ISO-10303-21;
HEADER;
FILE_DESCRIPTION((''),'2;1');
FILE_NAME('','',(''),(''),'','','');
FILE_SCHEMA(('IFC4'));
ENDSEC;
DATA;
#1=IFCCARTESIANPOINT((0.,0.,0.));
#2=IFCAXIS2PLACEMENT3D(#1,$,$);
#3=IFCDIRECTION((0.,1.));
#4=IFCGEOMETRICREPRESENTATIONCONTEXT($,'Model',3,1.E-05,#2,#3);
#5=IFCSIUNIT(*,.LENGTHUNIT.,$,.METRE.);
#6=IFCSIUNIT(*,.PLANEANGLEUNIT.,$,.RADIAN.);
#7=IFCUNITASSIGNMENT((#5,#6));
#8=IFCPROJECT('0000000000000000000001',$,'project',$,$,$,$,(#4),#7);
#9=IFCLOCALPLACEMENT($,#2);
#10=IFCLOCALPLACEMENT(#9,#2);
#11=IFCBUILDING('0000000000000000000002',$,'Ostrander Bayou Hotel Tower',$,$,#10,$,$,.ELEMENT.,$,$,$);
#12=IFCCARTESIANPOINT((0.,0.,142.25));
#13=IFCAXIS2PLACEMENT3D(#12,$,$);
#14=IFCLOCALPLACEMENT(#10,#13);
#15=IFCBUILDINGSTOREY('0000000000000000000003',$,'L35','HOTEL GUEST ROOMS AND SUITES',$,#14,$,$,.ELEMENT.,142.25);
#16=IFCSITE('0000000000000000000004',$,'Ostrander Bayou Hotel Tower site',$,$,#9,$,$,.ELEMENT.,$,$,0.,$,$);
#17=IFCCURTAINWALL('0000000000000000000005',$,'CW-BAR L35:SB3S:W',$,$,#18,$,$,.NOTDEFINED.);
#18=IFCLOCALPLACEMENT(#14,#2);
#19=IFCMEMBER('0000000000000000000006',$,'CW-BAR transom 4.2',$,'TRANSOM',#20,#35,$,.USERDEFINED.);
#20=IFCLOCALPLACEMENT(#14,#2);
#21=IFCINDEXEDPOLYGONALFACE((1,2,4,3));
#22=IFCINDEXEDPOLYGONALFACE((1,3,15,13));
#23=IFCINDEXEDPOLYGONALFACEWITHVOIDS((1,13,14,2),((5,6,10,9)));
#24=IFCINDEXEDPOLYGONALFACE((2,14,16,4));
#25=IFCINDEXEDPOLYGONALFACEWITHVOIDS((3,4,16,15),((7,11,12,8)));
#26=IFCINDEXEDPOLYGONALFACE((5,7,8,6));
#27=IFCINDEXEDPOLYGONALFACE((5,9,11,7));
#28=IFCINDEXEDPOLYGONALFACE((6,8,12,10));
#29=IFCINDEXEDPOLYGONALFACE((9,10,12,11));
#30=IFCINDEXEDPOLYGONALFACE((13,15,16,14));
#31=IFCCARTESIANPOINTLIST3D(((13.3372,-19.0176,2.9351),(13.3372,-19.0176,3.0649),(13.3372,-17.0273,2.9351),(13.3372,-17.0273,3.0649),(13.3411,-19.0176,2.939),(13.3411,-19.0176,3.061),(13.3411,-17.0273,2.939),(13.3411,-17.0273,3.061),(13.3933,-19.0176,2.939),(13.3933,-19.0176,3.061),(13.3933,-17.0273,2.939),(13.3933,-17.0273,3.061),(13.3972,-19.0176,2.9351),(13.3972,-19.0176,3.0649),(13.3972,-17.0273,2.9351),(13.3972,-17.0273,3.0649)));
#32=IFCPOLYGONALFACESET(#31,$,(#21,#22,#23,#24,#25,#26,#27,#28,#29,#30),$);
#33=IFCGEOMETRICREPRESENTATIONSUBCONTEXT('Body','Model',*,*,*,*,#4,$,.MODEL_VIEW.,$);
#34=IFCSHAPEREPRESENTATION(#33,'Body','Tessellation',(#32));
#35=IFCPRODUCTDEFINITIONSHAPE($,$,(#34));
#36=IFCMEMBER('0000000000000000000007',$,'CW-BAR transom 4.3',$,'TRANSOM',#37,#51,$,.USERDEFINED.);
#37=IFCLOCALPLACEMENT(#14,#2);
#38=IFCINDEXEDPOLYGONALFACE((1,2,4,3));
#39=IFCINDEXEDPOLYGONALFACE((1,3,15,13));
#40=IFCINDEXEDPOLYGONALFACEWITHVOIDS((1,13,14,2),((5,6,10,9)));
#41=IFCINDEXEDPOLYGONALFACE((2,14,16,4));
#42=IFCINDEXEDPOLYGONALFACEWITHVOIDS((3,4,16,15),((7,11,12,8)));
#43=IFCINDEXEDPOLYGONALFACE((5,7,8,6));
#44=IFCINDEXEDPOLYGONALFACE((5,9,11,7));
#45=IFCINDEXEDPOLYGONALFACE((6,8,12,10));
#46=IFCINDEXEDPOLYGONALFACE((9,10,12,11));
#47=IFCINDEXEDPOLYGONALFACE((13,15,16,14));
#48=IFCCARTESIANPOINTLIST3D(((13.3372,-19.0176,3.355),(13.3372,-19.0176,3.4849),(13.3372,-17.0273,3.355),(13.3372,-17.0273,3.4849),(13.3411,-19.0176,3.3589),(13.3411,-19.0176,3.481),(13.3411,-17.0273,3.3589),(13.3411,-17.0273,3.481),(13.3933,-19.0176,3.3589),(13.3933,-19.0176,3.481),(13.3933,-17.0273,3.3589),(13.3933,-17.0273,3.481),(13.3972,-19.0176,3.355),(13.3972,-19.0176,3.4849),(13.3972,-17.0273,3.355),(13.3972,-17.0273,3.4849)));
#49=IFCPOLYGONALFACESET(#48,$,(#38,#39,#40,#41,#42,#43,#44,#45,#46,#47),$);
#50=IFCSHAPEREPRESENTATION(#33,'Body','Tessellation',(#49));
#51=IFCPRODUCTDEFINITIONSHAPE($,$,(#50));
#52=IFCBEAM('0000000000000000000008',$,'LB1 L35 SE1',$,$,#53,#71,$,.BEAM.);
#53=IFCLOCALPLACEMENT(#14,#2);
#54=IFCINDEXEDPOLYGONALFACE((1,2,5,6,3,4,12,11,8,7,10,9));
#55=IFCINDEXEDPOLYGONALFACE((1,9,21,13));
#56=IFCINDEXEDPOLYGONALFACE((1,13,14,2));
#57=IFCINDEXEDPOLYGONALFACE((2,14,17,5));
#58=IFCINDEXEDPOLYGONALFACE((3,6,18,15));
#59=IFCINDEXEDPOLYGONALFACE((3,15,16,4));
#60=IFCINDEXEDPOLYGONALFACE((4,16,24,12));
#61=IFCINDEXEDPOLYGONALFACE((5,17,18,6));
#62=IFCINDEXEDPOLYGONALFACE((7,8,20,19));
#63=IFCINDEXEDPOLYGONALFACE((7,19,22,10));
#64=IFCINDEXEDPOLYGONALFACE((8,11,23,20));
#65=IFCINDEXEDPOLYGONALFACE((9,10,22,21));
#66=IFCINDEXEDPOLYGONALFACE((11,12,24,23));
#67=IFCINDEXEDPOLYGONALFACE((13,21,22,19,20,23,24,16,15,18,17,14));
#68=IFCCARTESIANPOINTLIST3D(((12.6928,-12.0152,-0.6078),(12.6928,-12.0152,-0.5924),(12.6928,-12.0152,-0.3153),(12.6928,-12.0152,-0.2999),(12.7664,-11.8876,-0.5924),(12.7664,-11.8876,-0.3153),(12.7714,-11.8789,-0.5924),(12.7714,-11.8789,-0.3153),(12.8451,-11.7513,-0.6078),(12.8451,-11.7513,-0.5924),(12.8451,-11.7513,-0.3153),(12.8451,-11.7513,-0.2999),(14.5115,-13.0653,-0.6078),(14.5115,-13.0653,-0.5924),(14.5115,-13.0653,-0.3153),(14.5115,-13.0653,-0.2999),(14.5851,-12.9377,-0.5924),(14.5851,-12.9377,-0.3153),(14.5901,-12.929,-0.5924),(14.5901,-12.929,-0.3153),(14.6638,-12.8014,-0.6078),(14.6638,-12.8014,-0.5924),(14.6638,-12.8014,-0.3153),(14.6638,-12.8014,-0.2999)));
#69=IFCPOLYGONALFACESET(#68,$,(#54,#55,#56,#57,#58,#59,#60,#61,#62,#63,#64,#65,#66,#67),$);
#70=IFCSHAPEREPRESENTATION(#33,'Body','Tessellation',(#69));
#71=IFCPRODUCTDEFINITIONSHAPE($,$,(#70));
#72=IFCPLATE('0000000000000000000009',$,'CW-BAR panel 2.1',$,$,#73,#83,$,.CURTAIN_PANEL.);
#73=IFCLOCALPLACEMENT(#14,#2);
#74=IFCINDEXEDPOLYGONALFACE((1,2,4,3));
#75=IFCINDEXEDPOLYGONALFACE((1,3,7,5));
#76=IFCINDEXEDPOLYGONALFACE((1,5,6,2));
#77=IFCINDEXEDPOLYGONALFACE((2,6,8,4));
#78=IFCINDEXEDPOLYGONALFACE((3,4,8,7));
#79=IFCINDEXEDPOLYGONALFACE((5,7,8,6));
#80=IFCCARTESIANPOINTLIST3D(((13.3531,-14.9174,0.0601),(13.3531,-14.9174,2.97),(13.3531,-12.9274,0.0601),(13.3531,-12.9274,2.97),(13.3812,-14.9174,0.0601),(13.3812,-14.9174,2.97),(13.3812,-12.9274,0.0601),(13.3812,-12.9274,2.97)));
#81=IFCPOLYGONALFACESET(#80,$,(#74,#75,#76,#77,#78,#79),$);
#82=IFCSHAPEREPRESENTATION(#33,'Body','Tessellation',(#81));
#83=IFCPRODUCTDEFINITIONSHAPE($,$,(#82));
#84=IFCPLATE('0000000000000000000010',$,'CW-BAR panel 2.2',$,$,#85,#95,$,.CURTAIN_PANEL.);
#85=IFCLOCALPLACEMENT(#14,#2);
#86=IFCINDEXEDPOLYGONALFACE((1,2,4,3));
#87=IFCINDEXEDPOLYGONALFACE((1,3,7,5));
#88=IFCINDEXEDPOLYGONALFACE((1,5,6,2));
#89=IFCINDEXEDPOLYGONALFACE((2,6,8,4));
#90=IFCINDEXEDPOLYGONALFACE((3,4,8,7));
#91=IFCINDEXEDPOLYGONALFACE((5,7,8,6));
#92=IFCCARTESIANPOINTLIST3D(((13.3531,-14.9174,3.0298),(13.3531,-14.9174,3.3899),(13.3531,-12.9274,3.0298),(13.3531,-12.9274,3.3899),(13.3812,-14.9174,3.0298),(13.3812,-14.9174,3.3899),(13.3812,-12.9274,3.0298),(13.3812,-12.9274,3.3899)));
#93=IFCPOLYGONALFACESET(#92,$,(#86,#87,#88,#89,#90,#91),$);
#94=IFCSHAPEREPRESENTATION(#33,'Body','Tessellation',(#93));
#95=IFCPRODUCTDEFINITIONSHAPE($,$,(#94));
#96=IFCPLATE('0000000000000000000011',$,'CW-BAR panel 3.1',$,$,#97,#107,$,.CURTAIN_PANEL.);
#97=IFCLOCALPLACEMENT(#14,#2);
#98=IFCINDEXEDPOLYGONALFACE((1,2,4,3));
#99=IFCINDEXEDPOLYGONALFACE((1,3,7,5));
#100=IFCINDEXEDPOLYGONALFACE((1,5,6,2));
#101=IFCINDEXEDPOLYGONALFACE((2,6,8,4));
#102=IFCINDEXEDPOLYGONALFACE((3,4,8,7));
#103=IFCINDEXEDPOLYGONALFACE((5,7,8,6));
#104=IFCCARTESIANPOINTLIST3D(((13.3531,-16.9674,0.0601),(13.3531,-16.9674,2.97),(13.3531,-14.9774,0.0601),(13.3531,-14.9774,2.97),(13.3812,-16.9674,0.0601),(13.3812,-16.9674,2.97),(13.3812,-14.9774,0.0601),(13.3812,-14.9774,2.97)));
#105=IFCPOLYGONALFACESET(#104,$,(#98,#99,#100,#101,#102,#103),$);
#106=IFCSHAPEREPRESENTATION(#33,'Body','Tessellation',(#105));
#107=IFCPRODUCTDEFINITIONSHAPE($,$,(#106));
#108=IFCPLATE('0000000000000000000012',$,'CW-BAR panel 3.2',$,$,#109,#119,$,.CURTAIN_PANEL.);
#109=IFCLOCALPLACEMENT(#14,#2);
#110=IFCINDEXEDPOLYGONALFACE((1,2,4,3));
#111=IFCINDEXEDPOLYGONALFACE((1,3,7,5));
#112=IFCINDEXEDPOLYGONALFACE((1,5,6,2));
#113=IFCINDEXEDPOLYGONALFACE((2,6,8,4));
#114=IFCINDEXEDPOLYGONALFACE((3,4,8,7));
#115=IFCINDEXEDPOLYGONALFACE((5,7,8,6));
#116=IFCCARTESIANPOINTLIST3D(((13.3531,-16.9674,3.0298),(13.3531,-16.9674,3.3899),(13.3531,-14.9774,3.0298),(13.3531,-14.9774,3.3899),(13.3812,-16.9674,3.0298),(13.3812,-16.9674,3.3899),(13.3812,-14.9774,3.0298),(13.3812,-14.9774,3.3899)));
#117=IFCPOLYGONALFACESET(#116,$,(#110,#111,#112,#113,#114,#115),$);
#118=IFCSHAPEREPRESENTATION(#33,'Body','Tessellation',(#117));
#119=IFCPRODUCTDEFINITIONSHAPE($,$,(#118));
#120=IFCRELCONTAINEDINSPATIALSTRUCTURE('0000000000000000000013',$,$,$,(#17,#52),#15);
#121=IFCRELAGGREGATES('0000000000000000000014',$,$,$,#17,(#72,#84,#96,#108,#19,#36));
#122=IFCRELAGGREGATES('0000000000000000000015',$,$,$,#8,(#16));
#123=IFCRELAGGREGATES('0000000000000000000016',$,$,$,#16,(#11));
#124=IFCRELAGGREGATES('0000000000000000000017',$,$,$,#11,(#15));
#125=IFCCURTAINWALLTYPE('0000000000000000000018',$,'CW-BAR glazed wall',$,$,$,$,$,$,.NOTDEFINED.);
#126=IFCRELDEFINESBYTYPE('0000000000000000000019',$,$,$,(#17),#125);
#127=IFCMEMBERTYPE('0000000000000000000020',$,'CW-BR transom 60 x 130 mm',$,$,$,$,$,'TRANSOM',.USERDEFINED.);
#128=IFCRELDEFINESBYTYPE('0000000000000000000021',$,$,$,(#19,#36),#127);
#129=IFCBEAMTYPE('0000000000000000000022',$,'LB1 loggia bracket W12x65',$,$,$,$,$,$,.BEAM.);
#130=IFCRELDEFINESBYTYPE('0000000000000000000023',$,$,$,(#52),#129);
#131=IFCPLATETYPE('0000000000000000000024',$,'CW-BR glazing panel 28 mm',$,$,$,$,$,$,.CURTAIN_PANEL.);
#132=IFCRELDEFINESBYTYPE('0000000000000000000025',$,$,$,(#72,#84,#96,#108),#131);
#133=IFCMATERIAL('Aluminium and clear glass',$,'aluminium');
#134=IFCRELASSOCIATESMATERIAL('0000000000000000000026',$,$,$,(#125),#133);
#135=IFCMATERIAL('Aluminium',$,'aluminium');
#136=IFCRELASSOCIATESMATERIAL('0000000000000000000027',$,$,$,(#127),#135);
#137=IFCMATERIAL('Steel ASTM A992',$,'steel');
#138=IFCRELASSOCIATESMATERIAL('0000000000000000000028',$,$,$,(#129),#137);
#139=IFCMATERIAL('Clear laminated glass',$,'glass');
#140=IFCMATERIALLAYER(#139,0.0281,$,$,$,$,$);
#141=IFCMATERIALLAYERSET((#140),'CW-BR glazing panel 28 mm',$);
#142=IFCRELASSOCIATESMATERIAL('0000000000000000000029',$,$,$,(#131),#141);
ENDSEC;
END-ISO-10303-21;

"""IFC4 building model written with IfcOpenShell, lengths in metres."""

from ifc_helpers import new_model, si_unit, direction, frame, origin, origin_2d, place, context, subcontext, project, spatial, rectangle, hollow_rectangle, i_section, extrude, material, layer, layer_set, material_profile, profile_set, type_object, element, aggregate, save


model = new_model("IFC4")

# Units and contexts
model_context = context("Model", 3, precision=1e-05, world=origin(), true_north=direction((0.0, 1.0)))
body_context = subcontext(model_context, "Body", "Model", "MODEL_VIEW")
ifc_project = project(units=[si_unit("LENGTHUNIT", "METRE"), si_unit("PLANEANGLEUNIT", "RADIAN")], contexts=[model_context])

# Site, building, storey
site_placement = place(None, origin())
site = spatial("IfcSite", under=ifc_project, at=site_placement, Name="Ostrander Bayou Hotel Tower site", CompositionType="ELEMENT", RefElevation=0.0)
building_placement = place(site_placement, origin())
building = spatial("IfcBuilding", under=site, at=building_placement, Name="Ostrander Bayou Hotel Tower", CompositionType="ELEMENT")
storey_placement = place(building_placement, frame((0.0, 0.0, 142.25)))
storey = spatial("IfcBuildingStorey", under=building, at=storey_placement, Name="L35", Description="HOTEL GUEST ROOMS AND SUITES", CompositionType="ELEMENT", Elevation=142.25)

# Curtain wall, members
ifc_material_1 = material(Name="Aluminium and clear glass", Category="aluminium")
curtain_wall_type = type_object("IfcCurtainWallType", Name="CW-BAR glazed wall", PredefinedType="NOTDEFINED", material=ifc_material_1)
curtain_wall_placement = place(storey_placement, origin())
curtain_wall = element("IfcCurtainWall", 1, at=curtain_wall_placement, inside=storey, type_object=curtain_wall_type, Name="CW-BAR L35:SB3S:W", PredefinedType="NOTDEFINED")
ifc_material_2 = material(Name="Aluminium", Category="aluminium")
ifc_material_profile_1 = material_profile(ifc_material_2, hollow_rectangle(XDim=0.0601, YDim=0.1299, WallThickness=0.0039, at=origin_2d()))
ifc_profile_set_1 = profile_set([ifc_material_profile_1], Name="Aluminium")
member_type_1 = type_object("IfcMemberType", Name="CW-BR transom 60 x 130 mm", ElementType="TRANSOM", PredefinedType="USERDEFINED", material=ifc_profile_set_1)
member_1_placement = place(storey_placement, frame((13.3672, -17.0273, 3.0), z_axis=(0.0, -1.0, 0.0), x_axis=(1.0, 0.0, 0.0)))
member_1 = element("IfcMember", 2, at=member_1_placement, type_object=member_type_1, Name="CW-BAR transom 4.2", ObjectType="TRANSOM", PredefinedType="USERDEFINED", context=body_context, shape_type="SweptSolid", body=[
    extrude(hollow_rectangle(XDim=0.0601, YDim=0.1299, WallThickness=0.0039, at=origin_2d()), origin(), (0.0, 0.0, 1.0), 1.9902),
])
member_2_placement = place(storey_placement, frame((13.3672, -17.0273, 3.4199), z_axis=(0.0, -1.0, 0.0), x_axis=(1.0, 0.0, 0.0)))
member_2 = element("IfcMember", 3, at=member_2_placement, type_object=member_type_1, Name="CW-BAR transom 4.3", ObjectType="TRANSOM", PredefinedType="USERDEFINED", context=body_context, shape_type="SweptSolid", body=[
    extrude(hollow_rectangle(XDim=0.0601, YDim=0.1299, WallThickness=0.0039, at=origin_2d()), origin(), (0.0, 0.0, 1.0), 1.9902),
])

# Beam
ifc_material_3 = material(Name="Steel ASTM A992", Category="steel")
ifc_material_profile_2 = material_profile(ifc_material_3, i_section(OverallWidth=0.3047, OverallDepth=0.3079, WebThickness=0.01, FlangeThickness=0.0154, at=origin_2d()))
ifc_profile_set_2 = profile_set([ifc_material_profile_2], Name="Steel ASTM A992")
beam_type = type_object("IfcBeamType", Name="LB1 loggia bracket W12x65", PredefinedType="BEAM", material=ifc_profile_set_2)
beam_placement = place(storey_placement, frame((14.5876, -12.9333, -0.4539), z_axis=(-0.866009, 0.500028, 0.0), x_axis=(-0.500028, -0.866009, 0.0)))
element("IfcBeam", 4, at=beam_placement, inside=storey, type_object=beam_type, Name="LB1 L35 SE1", PredefinedType="BEAM", context=body_context, shape_type="SweptSolid", body=[
    extrude(i_section(OverallWidth=0.3047, OverallDepth=0.3079, WebThickness=0.01, FlangeThickness=0.0154, at=origin_2d()), origin(), (0.0, 0.0, 1.0), 2.1001),
])

# Plates
ifc_material_4 = material(Name="Clear laminated glass", Category="glass")
ifc_layer = layer(ifc_material_4, 0.0281)
ifc_layer_set = layer_set([ifc_layer], Name="CW-BR glazing panel 28 mm")
plate_type = type_object("IfcPlateType", Name="CW-BR glazing panel 28 mm", PredefinedType="CURTAIN_PANEL", material=ifc_layer_set)
plate_1_placement = place(storey_placement, frame((13.3672, -13.9224, 0.0601), z_axis=(0.0, 0.0, 1.0), x_axis=(0.0, -1.0, 0.0)))
plate_1 = element("IfcPlate", 5, at=plate_1_placement, type_object=plate_type, Name="CW-BAR panel 2.1", PredefinedType="CURTAIN_PANEL", context=body_context, shape_type="SweptSolid", body=[
    extrude(rectangle(XDim=1.99, YDim=0.0281, at=origin_2d()), origin(), (0.0, 0.0, 1.0), 2.9099),
])
plate_2_placement = place(storey_placement, frame((13.3672, -13.9224, 3.0298), z_axis=(0.0, 0.0, 1.0), x_axis=(0.0, -1.0, 0.0)))
plate_2 = element("IfcPlate", 6, at=plate_2_placement, type_object=plate_type, Name="CW-BAR panel 2.2", PredefinedType="CURTAIN_PANEL", context=body_context, shape_type="SweptSolid", body=[
    extrude(rectangle(XDim=1.99, YDim=0.0281, at=origin_2d()), origin(), (0.0, 0.0, 1.0), 0.3601),
])
plate_3_placement = place(storey_placement, frame((13.3672, -15.9724, 0.0601), z_axis=(0.0, 0.0, 1.0), x_axis=(0.0, -1.0, 0.0)))
plate_3 = element("IfcPlate", 7, at=plate_3_placement, type_object=plate_type, Name="CW-BAR panel 3.1", PredefinedType="CURTAIN_PANEL", context=body_context, shape_type="SweptSolid", body=[
    extrude(rectangle(XDim=1.99, YDim=0.0281, at=origin_2d()), origin(), (0.0, 0.0, 1.0), 2.9099),
])
plate_4_placement = place(storey_placement, frame((13.3672, -15.9724, 3.0298), z_axis=(0.0, 0.0, 1.0), x_axis=(0.0, -1.0, 0.0)))
plate_4 = element("IfcPlate", 8, at=plate_4_placement, type_object=plate_type, Name="CW-BAR panel 3.2", PredefinedType="CURTAIN_PANEL", context=body_context, shape_type="SweptSolid", body=[
    extrude(rectangle(XDim=1.99, YDim=0.0281, at=origin_2d()), origin(), (0.0, 0.0, 1.0), 0.3601),
])
aggregate(curtain_wall, [plate_1, plate_2, plate_3, plate_4, member_1, member_2])

save(model, "model.ifc")
